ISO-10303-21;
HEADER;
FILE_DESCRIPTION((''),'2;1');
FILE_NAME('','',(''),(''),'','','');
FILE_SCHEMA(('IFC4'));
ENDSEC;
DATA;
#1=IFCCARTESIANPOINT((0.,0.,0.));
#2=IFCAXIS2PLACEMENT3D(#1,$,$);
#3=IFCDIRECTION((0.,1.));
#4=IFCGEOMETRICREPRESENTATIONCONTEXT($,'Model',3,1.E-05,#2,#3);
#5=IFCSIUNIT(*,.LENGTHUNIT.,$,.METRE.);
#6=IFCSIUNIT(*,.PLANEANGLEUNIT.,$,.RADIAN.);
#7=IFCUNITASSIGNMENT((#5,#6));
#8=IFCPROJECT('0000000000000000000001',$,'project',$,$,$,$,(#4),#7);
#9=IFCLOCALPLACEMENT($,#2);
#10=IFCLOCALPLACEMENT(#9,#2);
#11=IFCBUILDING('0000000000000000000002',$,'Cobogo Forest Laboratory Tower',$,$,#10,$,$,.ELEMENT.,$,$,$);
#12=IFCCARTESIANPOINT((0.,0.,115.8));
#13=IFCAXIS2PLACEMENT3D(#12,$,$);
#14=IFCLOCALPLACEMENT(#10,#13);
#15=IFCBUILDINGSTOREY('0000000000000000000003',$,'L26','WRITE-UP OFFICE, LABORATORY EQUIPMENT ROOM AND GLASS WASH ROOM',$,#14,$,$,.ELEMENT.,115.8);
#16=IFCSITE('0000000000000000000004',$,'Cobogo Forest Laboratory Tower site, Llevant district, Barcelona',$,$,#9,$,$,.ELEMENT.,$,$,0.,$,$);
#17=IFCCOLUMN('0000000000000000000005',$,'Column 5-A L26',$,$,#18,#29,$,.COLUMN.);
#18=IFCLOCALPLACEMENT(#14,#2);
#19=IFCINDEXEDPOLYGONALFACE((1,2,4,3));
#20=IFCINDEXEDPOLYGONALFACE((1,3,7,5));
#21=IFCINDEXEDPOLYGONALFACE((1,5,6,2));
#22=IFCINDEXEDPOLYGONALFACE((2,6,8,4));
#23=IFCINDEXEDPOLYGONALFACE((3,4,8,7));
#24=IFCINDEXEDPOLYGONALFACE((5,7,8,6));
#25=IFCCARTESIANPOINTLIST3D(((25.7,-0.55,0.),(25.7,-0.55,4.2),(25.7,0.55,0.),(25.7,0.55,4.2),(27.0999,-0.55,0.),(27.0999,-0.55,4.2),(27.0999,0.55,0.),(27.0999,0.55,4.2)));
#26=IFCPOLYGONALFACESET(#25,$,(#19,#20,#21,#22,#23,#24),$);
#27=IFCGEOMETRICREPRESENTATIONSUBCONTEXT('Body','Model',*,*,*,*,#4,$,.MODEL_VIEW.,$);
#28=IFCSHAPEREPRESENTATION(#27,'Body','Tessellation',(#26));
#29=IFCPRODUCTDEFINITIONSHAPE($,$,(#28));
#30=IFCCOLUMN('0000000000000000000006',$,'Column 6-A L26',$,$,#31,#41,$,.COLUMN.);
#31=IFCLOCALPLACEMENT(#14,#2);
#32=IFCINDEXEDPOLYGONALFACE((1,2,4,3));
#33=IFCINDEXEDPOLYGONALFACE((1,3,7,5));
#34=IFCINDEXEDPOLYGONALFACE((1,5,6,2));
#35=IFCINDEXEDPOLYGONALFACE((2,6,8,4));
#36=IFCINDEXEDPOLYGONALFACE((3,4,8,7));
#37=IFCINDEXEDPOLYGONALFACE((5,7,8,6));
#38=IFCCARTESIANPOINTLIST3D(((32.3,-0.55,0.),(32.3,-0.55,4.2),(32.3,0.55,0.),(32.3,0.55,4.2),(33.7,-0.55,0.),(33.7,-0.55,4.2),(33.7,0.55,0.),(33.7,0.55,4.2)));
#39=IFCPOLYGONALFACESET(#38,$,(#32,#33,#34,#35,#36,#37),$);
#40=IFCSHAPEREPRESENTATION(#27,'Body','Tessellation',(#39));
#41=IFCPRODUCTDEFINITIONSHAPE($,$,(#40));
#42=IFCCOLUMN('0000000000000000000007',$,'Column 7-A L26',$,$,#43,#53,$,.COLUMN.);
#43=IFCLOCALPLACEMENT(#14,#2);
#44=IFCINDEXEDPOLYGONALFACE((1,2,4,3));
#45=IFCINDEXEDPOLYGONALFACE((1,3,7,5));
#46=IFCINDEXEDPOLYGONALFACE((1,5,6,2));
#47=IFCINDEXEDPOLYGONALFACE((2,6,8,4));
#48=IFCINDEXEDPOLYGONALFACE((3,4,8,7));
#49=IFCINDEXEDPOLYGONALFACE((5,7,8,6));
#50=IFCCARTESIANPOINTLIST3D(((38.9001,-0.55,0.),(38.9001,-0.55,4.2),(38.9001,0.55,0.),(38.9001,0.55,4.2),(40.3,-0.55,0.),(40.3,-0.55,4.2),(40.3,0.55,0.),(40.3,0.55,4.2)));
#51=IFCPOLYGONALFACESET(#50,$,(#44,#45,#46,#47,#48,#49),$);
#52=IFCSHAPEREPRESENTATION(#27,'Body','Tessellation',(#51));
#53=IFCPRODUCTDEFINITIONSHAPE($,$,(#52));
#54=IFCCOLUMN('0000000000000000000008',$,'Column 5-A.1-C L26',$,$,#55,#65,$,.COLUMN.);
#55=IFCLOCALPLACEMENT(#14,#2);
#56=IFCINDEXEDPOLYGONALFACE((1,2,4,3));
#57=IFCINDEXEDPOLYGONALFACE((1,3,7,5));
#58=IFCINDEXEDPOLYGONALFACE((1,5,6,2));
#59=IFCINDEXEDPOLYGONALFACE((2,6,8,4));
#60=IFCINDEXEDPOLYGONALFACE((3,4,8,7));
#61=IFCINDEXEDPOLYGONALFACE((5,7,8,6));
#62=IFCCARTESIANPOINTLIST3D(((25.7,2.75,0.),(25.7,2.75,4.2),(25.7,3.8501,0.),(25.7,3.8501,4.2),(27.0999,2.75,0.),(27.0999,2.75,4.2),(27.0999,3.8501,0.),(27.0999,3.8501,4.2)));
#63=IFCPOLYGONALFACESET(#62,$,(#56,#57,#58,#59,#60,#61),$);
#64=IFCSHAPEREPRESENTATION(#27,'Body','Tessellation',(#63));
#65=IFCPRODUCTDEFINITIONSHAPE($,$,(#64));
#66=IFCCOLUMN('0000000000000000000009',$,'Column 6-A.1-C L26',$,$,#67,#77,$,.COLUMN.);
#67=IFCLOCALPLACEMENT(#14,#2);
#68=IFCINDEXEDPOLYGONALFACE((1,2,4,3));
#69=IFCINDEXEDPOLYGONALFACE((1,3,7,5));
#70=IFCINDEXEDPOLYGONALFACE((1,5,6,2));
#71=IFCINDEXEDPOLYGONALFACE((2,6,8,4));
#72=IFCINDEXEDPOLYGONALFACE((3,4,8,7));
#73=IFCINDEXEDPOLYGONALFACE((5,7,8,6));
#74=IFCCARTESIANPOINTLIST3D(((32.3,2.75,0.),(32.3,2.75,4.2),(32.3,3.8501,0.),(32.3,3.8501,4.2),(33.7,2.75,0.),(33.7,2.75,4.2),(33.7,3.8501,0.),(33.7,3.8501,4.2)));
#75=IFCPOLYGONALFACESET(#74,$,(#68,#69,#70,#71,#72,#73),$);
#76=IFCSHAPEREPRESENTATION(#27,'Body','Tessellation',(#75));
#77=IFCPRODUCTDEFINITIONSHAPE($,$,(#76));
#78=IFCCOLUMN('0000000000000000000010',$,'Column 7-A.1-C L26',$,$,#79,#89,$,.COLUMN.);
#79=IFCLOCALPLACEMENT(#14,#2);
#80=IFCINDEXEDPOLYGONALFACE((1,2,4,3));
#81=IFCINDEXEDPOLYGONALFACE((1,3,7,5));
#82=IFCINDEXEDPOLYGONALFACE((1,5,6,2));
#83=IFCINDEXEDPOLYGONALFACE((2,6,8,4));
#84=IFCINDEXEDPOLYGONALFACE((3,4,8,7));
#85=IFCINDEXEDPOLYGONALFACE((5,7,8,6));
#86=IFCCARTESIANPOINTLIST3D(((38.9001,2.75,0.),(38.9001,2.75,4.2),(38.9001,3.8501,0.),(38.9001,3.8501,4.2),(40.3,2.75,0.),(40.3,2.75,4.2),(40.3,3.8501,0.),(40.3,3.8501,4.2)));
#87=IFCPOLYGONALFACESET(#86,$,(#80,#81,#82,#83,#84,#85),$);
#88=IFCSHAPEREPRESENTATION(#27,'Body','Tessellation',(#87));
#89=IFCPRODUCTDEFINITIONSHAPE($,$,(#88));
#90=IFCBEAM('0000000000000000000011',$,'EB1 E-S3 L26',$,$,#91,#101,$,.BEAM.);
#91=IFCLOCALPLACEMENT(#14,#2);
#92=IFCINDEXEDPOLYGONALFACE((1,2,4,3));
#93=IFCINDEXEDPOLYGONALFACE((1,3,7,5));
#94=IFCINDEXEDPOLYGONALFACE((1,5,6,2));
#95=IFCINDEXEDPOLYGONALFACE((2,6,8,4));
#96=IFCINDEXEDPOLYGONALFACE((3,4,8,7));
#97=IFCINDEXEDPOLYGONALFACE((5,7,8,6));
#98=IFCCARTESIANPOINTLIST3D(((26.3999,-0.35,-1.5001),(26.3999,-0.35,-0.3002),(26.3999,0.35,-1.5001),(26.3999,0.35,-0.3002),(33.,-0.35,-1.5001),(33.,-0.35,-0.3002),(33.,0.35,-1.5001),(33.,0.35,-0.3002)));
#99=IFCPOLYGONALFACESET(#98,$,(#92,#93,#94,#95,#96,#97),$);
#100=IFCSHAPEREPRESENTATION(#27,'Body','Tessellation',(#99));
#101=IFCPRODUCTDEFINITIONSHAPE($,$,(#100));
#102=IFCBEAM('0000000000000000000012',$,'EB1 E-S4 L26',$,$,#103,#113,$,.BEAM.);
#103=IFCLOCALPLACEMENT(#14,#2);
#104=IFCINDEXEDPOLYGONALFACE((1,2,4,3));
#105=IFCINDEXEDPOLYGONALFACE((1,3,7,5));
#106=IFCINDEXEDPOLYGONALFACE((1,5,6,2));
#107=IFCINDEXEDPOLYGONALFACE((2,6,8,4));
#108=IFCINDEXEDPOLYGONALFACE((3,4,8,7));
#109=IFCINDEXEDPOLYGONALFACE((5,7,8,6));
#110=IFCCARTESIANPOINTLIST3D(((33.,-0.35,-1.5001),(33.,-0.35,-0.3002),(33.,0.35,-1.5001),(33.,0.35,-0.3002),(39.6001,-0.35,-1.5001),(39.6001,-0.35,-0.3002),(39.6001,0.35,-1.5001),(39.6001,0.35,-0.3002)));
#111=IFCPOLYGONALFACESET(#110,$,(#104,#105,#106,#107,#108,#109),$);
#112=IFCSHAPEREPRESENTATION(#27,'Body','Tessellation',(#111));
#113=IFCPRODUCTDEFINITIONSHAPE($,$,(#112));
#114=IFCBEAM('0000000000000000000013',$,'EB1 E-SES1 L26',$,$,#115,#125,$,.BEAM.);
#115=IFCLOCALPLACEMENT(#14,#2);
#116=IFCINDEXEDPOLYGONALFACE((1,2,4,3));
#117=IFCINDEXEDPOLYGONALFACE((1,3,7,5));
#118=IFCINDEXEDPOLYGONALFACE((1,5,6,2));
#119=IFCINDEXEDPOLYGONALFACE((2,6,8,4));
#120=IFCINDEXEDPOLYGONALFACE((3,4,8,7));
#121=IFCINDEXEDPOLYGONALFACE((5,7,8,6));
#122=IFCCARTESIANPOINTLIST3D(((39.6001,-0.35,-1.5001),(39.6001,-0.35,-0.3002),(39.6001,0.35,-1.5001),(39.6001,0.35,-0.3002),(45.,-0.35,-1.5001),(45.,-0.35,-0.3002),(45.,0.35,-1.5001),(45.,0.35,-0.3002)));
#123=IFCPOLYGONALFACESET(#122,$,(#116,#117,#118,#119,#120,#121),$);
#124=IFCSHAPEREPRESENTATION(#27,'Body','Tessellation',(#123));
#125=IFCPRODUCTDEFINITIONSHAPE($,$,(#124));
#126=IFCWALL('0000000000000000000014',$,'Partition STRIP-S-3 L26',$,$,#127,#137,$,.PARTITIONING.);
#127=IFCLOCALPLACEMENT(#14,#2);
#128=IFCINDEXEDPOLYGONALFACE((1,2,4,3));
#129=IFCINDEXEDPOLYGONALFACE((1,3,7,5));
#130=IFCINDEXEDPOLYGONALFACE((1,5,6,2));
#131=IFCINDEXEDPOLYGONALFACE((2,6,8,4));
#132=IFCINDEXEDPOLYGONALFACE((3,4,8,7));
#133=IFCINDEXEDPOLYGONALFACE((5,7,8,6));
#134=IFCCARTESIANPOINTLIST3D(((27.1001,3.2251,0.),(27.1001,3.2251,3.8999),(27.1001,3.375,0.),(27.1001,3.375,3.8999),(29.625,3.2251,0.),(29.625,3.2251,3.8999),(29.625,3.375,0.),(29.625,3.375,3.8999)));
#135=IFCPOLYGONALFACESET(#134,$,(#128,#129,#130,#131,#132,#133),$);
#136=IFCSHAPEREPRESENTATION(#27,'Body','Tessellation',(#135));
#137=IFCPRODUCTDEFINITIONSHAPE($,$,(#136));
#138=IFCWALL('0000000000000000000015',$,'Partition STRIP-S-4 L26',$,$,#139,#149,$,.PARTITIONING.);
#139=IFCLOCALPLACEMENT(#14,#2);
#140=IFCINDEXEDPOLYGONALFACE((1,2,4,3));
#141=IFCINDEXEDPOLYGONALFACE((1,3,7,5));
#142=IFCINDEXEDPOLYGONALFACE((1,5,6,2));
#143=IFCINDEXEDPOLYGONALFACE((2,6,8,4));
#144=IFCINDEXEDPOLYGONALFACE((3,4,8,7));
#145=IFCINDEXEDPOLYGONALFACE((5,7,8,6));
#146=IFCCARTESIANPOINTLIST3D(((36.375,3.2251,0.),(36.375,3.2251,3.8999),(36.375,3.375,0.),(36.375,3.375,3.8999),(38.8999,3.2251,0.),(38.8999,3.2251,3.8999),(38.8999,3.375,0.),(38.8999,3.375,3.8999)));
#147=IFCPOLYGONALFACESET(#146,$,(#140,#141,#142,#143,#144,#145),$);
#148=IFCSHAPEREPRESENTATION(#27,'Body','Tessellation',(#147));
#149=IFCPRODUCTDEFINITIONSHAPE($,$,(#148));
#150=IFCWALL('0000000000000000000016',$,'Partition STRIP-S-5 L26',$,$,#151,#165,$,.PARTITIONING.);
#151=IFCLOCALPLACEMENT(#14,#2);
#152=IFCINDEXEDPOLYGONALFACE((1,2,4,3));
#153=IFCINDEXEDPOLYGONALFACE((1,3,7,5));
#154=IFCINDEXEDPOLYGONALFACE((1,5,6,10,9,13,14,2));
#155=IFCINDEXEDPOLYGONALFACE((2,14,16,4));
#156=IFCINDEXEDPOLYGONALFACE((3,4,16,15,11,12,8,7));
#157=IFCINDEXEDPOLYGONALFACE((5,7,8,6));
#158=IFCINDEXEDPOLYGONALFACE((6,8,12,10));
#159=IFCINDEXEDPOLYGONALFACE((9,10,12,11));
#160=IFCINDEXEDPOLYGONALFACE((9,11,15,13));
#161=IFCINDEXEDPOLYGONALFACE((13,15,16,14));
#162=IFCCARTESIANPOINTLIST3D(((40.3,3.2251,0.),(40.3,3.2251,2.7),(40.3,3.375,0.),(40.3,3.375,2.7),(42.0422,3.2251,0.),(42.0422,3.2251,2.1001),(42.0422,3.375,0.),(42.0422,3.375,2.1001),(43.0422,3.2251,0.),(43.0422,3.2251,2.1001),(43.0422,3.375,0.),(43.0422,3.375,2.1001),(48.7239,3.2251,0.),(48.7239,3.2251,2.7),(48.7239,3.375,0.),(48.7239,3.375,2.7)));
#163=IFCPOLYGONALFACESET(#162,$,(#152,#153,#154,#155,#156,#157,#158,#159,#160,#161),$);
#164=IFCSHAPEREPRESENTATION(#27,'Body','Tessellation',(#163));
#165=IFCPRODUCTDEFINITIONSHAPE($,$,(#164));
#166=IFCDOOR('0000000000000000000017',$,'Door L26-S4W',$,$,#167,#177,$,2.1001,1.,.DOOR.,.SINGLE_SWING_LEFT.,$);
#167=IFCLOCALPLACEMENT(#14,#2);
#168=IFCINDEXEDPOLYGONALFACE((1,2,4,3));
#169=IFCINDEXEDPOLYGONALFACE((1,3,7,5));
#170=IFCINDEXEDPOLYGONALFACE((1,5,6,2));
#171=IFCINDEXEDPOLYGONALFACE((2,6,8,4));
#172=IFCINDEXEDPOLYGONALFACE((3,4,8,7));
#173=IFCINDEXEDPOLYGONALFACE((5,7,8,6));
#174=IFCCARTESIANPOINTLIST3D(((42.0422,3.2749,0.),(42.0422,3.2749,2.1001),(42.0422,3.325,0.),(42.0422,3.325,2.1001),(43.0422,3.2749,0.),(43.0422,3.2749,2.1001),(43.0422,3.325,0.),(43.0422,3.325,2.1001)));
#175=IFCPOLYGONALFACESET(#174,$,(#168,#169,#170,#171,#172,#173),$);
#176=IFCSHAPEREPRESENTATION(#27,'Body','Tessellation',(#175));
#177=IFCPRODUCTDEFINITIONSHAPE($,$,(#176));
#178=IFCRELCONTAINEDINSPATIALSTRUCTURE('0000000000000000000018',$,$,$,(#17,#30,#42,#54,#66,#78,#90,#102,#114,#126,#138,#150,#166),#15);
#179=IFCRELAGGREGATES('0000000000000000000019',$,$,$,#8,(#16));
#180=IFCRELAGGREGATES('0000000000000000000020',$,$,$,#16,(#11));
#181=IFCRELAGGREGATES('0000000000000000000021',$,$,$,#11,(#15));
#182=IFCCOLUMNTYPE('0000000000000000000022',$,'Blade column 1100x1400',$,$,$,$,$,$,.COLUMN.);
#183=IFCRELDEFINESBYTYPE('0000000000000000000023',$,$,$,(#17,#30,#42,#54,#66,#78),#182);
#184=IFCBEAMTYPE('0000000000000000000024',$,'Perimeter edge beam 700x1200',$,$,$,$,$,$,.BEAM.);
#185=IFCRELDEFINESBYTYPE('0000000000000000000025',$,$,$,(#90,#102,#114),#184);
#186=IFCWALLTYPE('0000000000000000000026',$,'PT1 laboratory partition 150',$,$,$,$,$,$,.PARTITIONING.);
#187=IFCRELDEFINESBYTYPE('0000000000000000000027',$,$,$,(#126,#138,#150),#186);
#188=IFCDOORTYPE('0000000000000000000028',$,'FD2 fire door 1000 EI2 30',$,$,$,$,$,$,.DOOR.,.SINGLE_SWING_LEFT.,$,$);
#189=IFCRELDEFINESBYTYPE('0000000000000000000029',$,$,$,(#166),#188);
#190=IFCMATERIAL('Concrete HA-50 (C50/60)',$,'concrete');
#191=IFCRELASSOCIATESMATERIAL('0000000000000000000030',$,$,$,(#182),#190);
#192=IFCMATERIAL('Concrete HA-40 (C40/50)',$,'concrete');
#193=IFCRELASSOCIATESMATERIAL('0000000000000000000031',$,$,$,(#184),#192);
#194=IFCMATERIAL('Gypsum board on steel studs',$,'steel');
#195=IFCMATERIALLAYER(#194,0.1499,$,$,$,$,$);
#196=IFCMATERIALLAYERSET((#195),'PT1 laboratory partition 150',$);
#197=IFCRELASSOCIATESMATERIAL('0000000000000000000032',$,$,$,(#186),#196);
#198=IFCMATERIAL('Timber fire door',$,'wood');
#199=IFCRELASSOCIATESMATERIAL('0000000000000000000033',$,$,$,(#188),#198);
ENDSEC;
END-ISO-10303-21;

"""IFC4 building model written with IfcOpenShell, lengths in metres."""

from ifc_helpers import new_model, si_unit, direction, frame, frame_2d, origin, origin_2d, place, context, subcontext, project, spatial, rectangle, extrude, material, layer, layer_set, material_profile, profile_set, type_object, element, fill, save


model = new_model("IFC4")

# Units and contexts
model_context = context("Model", 3, precision=1e-05, world=origin(), true_north=direction((0.0, 1.0)))
body_context = subcontext(model_context, "Body", "Model", "MODEL_VIEW")
ifc_project = project(units=[si_unit("LENGTHUNIT", "METRE"), si_unit("PLANEANGLEUNIT", "RADIAN")], contexts=[model_context])

# Site, building, storey
site_placement = place(None, origin())
site = spatial("IfcSite", under=ifc_project, at=site_placement, Name="Cobogo Forest Laboratory Tower site, Llevant district, Barcelona", CompositionType="ELEMENT", RefElevation=0.0)
building_placement = place(site_placement, origin())
building = spatial("IfcBuilding", under=site, at=building_placement, Name="Cobogo Forest Laboratory Tower", CompositionType="ELEMENT")
storey_placement = place(building_placement, frame((0.0, 0.0, 115.8)))
storey = spatial("IfcBuildingStorey", under=building, at=storey_placement, Name="L26", Description="WRITE-UP OFFICE, LABORATORY EQUIPMENT ROOM AND GLASS WASH ROOM", CompositionType="ELEMENT", Elevation=115.8)

# Columns
ifc_material_1 = material(Name="Concrete HA-50 (C50/60)", Category="concrete")
ifc_material_profile_1 = material_profile(ifc_material_1, rectangle(XDim=1.3999, YDim=1.1001, at=origin_2d()), Name="RC 1100x1400")
ifc_profile_set_1 = profile_set([ifc_material_profile_1], Name="Concrete HA-50 (C50/60)")
column_type = type_object("IfcColumnType", Name="Blade column 1100x1400", PredefinedType="COLUMN", material=ifc_profile_set_1)
for number, where, z_axis, x_axis, name in (
    (1, (26.3999, 0.0, 0.0), (0.0, 0.0, 1.0), (1.0, 0.0, 0.0), "Column 5-A L26"),
    (2, (33.0, 0.0, 0.0), (0.0, 0.0, 1.0), (1.0, 0.0, 0.0), "Column 6-A L26"),
    (3, (39.6001, 0.0, 0.0), (0.0, 0.0, 1.0), (1.0, 0.0, 0.0), "Column 7-A L26"),
    (4, (26.3999, 3.3, 0.0), (0.0, 0.0, 1.0), (1.0, 0.0, 0.0), "Column 5-A.1-C L26"),
    (5, (33.0, 3.3, 0.0), (0.0, 0.0, 1.0), (1.0, 0.0, 0.0), "Column 6-A.1-C L26"),
    (6, (39.6001, 3.3, 0.0), (0.0, 0.0, 1.0), (1.0, 0.0, 0.0), "Column 7-A.1-C L26"),
):
    element("IfcColumn", number, at=place(storey_placement, frame(where, z_axis=z_axis, x_axis=x_axis)), inside=storey, type_object=column_type, Name=name, PredefinedType="COLUMN", context=body_context, shape_type="SweptSolid", body=[
        extrude(rectangle(XDim=1.3999, YDim=1.1001, at=origin_2d()), origin(), (0.0, 0.0, 1.0), 4.2),
    ])

# Beams
ifc_material_2 = material(Name="Concrete HA-40 (C40/50)", Category="concrete")
ifc_material_profile_2 = material_profile(ifc_material_2, rectangle(XDim=0.7, YDim=1.2, at=origin_2d()), Name="RC 700x1200")
ifc_profile_set_2 = profile_set([ifc_material_profile_2], Name="Concrete HA-40 (C40/50)")
beam_type = type_object("IfcBeamType", Name="Perimeter edge beam 700x1200", PredefinedType="BEAM", material=ifc_profile_set_2)
for number, where, z_axis, x_axis, name in (
    (7, (26.3999, 0.0, -0.9001), (1.0, 0.0, 0.0), (0.0, 1.0, 0.0), "EB1 E-S3 L26"),
    (8, (33.0, 0.0, -0.9001), (1.0, 0.0, 0.0), (0.0, 1.0, 0.0), "EB1 E-S4 L26"),
):
    element("IfcBeam", number, at=place(storey_placement, frame(where, z_axis=z_axis, x_axis=x_axis)), inside=storey, type_object=beam_type, Name=name, PredefinedType="BEAM", context=body_context, shape_type="SweptSolid", body=[
        extrude(rectangle(XDim=0.7, YDim=1.2, at=origin_2d()), origin(), (0.0, 0.0, 1.0), 6.6001),
    ])
beam_placement = place(storey_placement, frame((39.6001, 0.0, -0.9001), z_axis=(1.0, 0.0, 0.0), x_axis=(0.0, 1.0, 0.0)))
element("IfcBeam", 9, at=beam_placement, inside=storey, type_object=beam_type, Name="EB1 E-SES1 L26", PredefinedType="BEAM", context=body_context, shape_type="SweptSolid", body=[
    extrude(rectangle(XDim=0.7, YDim=1.2, at=origin_2d()), origin(), (0.0, 0.0, 1.0), 5.3999),
])

# Walls
ifc_material_3 = material(Name="Gypsum board on steel studs", Category="steel")
ifc_layer = layer(ifc_material_3, 0.1499)
ifc_layer_set = layer_set([ifc_layer], Name="PT1 laboratory partition 150")
wall_type = type_object("IfcWallType", Name="PT1 laboratory partition 150", PredefinedType="PARTITIONING", material=ifc_layer_set)
for number, where, z_axis, x_axis, name in (
    (10, (27.1001, 3.3, 0.0), (0.0, 0.0, 1.0), (1.0, 0.0, 0.0), "Partition STRIP-S-3 L26"),
    (11, (36.375, 3.3, 0.0), (0.0, 0.0, 1.0), (1.0, 0.0, 0.0), "Partition STRIP-S-4 L26"),
):
    element("IfcWall", number, at=place(storey_placement, frame(where, z_axis=z_axis, x_axis=x_axis)), inside=storey, type_object=wall_type, Name=name, PredefinedType="PARTITIONING", context=body_context, shape_type="SweptSolid", body=[
        extrude(rectangle(XDim=2.5249, YDim=0.1499, at=frame_2d((1.2625, 0.0))), origin(), (0.0, 0.0, 1.0), 3.8999),
    ])

# Wall, opening, door
wall_1_placement = place(storey_placement, frame((40.3, 3.3, 0.0), z_axis=(0.0, 0.0, 1.0), x_axis=(1.0, 0.0, 0.0)))
wall_1 = element("IfcWall", 12, at=wall_1_placement, inside=storey, type_object=wall_type, Name="Partition STRIP-S-5 L26", PredefinedType="PARTITIONING", context=body_context, shape_type="SweptSolid", body=[
    extrude(rectangle(XDim=8.4238, YDim=0.1499, at=frame_2d((4.2119, 0.0))), origin(), (0.0, 0.0, 1.0), 2.7),
])
opening_1_placement = place(wall_1_placement, frame((1.7422, 0.0, 0.0)))
opening_1 = element("IfcOpeningElement", 13, at=opening_1_placement, cuts=wall_1, PredefinedType="OPENING", context=body_context, shape_type="SweptSolid", body=[
    extrude(rectangle(XDim=1.0, YDim=2.1001, at=frame_2d((0.5, 1.05))), frame((0.0, 0.085, 0.0), z_axis=(0.0, -1.0, 0.0), x_axis=(1.0, 0.0, 0.0)), (0.0, 0.0, 1.0), 0.1699),
])
ifc_material_4 = material(Name="Timber fire door", Category="wood")
door_type_1 = type_object("IfcDoorType", Name="FD2 fire door 1000 EI2 30", OperationType="SINGLE_SWING_LEFT", PredefinedType="DOOR", material=ifc_material_4)
door_1_placement = place(opening_1_placement, origin())
door_1 = element("IfcDoor", 14, at=door_1_placement, inside=storey, type_object=door_type_1, Name="Door L26-S4W", OperationType="SINGLE_SWING_LEFT", OverallHeight=2.1001, OverallWidth=1.0, PredefinedType="DOOR", context=body_context, shape_type="SweptSolid", body=[
    extrude(rectangle(XDim=1.0, YDim=2.1001, at=frame_2d((0.5, 1.05))), frame((0.0, 0.0249, 0.0), z_axis=(0.0, -1.0, 0.0), x_axis=(1.0, 0.0, 0.0)), (0.0, 0.0, 1.0), 0.05),
])
fill(opening_1, door_1)

save(model, "model.ifc")
